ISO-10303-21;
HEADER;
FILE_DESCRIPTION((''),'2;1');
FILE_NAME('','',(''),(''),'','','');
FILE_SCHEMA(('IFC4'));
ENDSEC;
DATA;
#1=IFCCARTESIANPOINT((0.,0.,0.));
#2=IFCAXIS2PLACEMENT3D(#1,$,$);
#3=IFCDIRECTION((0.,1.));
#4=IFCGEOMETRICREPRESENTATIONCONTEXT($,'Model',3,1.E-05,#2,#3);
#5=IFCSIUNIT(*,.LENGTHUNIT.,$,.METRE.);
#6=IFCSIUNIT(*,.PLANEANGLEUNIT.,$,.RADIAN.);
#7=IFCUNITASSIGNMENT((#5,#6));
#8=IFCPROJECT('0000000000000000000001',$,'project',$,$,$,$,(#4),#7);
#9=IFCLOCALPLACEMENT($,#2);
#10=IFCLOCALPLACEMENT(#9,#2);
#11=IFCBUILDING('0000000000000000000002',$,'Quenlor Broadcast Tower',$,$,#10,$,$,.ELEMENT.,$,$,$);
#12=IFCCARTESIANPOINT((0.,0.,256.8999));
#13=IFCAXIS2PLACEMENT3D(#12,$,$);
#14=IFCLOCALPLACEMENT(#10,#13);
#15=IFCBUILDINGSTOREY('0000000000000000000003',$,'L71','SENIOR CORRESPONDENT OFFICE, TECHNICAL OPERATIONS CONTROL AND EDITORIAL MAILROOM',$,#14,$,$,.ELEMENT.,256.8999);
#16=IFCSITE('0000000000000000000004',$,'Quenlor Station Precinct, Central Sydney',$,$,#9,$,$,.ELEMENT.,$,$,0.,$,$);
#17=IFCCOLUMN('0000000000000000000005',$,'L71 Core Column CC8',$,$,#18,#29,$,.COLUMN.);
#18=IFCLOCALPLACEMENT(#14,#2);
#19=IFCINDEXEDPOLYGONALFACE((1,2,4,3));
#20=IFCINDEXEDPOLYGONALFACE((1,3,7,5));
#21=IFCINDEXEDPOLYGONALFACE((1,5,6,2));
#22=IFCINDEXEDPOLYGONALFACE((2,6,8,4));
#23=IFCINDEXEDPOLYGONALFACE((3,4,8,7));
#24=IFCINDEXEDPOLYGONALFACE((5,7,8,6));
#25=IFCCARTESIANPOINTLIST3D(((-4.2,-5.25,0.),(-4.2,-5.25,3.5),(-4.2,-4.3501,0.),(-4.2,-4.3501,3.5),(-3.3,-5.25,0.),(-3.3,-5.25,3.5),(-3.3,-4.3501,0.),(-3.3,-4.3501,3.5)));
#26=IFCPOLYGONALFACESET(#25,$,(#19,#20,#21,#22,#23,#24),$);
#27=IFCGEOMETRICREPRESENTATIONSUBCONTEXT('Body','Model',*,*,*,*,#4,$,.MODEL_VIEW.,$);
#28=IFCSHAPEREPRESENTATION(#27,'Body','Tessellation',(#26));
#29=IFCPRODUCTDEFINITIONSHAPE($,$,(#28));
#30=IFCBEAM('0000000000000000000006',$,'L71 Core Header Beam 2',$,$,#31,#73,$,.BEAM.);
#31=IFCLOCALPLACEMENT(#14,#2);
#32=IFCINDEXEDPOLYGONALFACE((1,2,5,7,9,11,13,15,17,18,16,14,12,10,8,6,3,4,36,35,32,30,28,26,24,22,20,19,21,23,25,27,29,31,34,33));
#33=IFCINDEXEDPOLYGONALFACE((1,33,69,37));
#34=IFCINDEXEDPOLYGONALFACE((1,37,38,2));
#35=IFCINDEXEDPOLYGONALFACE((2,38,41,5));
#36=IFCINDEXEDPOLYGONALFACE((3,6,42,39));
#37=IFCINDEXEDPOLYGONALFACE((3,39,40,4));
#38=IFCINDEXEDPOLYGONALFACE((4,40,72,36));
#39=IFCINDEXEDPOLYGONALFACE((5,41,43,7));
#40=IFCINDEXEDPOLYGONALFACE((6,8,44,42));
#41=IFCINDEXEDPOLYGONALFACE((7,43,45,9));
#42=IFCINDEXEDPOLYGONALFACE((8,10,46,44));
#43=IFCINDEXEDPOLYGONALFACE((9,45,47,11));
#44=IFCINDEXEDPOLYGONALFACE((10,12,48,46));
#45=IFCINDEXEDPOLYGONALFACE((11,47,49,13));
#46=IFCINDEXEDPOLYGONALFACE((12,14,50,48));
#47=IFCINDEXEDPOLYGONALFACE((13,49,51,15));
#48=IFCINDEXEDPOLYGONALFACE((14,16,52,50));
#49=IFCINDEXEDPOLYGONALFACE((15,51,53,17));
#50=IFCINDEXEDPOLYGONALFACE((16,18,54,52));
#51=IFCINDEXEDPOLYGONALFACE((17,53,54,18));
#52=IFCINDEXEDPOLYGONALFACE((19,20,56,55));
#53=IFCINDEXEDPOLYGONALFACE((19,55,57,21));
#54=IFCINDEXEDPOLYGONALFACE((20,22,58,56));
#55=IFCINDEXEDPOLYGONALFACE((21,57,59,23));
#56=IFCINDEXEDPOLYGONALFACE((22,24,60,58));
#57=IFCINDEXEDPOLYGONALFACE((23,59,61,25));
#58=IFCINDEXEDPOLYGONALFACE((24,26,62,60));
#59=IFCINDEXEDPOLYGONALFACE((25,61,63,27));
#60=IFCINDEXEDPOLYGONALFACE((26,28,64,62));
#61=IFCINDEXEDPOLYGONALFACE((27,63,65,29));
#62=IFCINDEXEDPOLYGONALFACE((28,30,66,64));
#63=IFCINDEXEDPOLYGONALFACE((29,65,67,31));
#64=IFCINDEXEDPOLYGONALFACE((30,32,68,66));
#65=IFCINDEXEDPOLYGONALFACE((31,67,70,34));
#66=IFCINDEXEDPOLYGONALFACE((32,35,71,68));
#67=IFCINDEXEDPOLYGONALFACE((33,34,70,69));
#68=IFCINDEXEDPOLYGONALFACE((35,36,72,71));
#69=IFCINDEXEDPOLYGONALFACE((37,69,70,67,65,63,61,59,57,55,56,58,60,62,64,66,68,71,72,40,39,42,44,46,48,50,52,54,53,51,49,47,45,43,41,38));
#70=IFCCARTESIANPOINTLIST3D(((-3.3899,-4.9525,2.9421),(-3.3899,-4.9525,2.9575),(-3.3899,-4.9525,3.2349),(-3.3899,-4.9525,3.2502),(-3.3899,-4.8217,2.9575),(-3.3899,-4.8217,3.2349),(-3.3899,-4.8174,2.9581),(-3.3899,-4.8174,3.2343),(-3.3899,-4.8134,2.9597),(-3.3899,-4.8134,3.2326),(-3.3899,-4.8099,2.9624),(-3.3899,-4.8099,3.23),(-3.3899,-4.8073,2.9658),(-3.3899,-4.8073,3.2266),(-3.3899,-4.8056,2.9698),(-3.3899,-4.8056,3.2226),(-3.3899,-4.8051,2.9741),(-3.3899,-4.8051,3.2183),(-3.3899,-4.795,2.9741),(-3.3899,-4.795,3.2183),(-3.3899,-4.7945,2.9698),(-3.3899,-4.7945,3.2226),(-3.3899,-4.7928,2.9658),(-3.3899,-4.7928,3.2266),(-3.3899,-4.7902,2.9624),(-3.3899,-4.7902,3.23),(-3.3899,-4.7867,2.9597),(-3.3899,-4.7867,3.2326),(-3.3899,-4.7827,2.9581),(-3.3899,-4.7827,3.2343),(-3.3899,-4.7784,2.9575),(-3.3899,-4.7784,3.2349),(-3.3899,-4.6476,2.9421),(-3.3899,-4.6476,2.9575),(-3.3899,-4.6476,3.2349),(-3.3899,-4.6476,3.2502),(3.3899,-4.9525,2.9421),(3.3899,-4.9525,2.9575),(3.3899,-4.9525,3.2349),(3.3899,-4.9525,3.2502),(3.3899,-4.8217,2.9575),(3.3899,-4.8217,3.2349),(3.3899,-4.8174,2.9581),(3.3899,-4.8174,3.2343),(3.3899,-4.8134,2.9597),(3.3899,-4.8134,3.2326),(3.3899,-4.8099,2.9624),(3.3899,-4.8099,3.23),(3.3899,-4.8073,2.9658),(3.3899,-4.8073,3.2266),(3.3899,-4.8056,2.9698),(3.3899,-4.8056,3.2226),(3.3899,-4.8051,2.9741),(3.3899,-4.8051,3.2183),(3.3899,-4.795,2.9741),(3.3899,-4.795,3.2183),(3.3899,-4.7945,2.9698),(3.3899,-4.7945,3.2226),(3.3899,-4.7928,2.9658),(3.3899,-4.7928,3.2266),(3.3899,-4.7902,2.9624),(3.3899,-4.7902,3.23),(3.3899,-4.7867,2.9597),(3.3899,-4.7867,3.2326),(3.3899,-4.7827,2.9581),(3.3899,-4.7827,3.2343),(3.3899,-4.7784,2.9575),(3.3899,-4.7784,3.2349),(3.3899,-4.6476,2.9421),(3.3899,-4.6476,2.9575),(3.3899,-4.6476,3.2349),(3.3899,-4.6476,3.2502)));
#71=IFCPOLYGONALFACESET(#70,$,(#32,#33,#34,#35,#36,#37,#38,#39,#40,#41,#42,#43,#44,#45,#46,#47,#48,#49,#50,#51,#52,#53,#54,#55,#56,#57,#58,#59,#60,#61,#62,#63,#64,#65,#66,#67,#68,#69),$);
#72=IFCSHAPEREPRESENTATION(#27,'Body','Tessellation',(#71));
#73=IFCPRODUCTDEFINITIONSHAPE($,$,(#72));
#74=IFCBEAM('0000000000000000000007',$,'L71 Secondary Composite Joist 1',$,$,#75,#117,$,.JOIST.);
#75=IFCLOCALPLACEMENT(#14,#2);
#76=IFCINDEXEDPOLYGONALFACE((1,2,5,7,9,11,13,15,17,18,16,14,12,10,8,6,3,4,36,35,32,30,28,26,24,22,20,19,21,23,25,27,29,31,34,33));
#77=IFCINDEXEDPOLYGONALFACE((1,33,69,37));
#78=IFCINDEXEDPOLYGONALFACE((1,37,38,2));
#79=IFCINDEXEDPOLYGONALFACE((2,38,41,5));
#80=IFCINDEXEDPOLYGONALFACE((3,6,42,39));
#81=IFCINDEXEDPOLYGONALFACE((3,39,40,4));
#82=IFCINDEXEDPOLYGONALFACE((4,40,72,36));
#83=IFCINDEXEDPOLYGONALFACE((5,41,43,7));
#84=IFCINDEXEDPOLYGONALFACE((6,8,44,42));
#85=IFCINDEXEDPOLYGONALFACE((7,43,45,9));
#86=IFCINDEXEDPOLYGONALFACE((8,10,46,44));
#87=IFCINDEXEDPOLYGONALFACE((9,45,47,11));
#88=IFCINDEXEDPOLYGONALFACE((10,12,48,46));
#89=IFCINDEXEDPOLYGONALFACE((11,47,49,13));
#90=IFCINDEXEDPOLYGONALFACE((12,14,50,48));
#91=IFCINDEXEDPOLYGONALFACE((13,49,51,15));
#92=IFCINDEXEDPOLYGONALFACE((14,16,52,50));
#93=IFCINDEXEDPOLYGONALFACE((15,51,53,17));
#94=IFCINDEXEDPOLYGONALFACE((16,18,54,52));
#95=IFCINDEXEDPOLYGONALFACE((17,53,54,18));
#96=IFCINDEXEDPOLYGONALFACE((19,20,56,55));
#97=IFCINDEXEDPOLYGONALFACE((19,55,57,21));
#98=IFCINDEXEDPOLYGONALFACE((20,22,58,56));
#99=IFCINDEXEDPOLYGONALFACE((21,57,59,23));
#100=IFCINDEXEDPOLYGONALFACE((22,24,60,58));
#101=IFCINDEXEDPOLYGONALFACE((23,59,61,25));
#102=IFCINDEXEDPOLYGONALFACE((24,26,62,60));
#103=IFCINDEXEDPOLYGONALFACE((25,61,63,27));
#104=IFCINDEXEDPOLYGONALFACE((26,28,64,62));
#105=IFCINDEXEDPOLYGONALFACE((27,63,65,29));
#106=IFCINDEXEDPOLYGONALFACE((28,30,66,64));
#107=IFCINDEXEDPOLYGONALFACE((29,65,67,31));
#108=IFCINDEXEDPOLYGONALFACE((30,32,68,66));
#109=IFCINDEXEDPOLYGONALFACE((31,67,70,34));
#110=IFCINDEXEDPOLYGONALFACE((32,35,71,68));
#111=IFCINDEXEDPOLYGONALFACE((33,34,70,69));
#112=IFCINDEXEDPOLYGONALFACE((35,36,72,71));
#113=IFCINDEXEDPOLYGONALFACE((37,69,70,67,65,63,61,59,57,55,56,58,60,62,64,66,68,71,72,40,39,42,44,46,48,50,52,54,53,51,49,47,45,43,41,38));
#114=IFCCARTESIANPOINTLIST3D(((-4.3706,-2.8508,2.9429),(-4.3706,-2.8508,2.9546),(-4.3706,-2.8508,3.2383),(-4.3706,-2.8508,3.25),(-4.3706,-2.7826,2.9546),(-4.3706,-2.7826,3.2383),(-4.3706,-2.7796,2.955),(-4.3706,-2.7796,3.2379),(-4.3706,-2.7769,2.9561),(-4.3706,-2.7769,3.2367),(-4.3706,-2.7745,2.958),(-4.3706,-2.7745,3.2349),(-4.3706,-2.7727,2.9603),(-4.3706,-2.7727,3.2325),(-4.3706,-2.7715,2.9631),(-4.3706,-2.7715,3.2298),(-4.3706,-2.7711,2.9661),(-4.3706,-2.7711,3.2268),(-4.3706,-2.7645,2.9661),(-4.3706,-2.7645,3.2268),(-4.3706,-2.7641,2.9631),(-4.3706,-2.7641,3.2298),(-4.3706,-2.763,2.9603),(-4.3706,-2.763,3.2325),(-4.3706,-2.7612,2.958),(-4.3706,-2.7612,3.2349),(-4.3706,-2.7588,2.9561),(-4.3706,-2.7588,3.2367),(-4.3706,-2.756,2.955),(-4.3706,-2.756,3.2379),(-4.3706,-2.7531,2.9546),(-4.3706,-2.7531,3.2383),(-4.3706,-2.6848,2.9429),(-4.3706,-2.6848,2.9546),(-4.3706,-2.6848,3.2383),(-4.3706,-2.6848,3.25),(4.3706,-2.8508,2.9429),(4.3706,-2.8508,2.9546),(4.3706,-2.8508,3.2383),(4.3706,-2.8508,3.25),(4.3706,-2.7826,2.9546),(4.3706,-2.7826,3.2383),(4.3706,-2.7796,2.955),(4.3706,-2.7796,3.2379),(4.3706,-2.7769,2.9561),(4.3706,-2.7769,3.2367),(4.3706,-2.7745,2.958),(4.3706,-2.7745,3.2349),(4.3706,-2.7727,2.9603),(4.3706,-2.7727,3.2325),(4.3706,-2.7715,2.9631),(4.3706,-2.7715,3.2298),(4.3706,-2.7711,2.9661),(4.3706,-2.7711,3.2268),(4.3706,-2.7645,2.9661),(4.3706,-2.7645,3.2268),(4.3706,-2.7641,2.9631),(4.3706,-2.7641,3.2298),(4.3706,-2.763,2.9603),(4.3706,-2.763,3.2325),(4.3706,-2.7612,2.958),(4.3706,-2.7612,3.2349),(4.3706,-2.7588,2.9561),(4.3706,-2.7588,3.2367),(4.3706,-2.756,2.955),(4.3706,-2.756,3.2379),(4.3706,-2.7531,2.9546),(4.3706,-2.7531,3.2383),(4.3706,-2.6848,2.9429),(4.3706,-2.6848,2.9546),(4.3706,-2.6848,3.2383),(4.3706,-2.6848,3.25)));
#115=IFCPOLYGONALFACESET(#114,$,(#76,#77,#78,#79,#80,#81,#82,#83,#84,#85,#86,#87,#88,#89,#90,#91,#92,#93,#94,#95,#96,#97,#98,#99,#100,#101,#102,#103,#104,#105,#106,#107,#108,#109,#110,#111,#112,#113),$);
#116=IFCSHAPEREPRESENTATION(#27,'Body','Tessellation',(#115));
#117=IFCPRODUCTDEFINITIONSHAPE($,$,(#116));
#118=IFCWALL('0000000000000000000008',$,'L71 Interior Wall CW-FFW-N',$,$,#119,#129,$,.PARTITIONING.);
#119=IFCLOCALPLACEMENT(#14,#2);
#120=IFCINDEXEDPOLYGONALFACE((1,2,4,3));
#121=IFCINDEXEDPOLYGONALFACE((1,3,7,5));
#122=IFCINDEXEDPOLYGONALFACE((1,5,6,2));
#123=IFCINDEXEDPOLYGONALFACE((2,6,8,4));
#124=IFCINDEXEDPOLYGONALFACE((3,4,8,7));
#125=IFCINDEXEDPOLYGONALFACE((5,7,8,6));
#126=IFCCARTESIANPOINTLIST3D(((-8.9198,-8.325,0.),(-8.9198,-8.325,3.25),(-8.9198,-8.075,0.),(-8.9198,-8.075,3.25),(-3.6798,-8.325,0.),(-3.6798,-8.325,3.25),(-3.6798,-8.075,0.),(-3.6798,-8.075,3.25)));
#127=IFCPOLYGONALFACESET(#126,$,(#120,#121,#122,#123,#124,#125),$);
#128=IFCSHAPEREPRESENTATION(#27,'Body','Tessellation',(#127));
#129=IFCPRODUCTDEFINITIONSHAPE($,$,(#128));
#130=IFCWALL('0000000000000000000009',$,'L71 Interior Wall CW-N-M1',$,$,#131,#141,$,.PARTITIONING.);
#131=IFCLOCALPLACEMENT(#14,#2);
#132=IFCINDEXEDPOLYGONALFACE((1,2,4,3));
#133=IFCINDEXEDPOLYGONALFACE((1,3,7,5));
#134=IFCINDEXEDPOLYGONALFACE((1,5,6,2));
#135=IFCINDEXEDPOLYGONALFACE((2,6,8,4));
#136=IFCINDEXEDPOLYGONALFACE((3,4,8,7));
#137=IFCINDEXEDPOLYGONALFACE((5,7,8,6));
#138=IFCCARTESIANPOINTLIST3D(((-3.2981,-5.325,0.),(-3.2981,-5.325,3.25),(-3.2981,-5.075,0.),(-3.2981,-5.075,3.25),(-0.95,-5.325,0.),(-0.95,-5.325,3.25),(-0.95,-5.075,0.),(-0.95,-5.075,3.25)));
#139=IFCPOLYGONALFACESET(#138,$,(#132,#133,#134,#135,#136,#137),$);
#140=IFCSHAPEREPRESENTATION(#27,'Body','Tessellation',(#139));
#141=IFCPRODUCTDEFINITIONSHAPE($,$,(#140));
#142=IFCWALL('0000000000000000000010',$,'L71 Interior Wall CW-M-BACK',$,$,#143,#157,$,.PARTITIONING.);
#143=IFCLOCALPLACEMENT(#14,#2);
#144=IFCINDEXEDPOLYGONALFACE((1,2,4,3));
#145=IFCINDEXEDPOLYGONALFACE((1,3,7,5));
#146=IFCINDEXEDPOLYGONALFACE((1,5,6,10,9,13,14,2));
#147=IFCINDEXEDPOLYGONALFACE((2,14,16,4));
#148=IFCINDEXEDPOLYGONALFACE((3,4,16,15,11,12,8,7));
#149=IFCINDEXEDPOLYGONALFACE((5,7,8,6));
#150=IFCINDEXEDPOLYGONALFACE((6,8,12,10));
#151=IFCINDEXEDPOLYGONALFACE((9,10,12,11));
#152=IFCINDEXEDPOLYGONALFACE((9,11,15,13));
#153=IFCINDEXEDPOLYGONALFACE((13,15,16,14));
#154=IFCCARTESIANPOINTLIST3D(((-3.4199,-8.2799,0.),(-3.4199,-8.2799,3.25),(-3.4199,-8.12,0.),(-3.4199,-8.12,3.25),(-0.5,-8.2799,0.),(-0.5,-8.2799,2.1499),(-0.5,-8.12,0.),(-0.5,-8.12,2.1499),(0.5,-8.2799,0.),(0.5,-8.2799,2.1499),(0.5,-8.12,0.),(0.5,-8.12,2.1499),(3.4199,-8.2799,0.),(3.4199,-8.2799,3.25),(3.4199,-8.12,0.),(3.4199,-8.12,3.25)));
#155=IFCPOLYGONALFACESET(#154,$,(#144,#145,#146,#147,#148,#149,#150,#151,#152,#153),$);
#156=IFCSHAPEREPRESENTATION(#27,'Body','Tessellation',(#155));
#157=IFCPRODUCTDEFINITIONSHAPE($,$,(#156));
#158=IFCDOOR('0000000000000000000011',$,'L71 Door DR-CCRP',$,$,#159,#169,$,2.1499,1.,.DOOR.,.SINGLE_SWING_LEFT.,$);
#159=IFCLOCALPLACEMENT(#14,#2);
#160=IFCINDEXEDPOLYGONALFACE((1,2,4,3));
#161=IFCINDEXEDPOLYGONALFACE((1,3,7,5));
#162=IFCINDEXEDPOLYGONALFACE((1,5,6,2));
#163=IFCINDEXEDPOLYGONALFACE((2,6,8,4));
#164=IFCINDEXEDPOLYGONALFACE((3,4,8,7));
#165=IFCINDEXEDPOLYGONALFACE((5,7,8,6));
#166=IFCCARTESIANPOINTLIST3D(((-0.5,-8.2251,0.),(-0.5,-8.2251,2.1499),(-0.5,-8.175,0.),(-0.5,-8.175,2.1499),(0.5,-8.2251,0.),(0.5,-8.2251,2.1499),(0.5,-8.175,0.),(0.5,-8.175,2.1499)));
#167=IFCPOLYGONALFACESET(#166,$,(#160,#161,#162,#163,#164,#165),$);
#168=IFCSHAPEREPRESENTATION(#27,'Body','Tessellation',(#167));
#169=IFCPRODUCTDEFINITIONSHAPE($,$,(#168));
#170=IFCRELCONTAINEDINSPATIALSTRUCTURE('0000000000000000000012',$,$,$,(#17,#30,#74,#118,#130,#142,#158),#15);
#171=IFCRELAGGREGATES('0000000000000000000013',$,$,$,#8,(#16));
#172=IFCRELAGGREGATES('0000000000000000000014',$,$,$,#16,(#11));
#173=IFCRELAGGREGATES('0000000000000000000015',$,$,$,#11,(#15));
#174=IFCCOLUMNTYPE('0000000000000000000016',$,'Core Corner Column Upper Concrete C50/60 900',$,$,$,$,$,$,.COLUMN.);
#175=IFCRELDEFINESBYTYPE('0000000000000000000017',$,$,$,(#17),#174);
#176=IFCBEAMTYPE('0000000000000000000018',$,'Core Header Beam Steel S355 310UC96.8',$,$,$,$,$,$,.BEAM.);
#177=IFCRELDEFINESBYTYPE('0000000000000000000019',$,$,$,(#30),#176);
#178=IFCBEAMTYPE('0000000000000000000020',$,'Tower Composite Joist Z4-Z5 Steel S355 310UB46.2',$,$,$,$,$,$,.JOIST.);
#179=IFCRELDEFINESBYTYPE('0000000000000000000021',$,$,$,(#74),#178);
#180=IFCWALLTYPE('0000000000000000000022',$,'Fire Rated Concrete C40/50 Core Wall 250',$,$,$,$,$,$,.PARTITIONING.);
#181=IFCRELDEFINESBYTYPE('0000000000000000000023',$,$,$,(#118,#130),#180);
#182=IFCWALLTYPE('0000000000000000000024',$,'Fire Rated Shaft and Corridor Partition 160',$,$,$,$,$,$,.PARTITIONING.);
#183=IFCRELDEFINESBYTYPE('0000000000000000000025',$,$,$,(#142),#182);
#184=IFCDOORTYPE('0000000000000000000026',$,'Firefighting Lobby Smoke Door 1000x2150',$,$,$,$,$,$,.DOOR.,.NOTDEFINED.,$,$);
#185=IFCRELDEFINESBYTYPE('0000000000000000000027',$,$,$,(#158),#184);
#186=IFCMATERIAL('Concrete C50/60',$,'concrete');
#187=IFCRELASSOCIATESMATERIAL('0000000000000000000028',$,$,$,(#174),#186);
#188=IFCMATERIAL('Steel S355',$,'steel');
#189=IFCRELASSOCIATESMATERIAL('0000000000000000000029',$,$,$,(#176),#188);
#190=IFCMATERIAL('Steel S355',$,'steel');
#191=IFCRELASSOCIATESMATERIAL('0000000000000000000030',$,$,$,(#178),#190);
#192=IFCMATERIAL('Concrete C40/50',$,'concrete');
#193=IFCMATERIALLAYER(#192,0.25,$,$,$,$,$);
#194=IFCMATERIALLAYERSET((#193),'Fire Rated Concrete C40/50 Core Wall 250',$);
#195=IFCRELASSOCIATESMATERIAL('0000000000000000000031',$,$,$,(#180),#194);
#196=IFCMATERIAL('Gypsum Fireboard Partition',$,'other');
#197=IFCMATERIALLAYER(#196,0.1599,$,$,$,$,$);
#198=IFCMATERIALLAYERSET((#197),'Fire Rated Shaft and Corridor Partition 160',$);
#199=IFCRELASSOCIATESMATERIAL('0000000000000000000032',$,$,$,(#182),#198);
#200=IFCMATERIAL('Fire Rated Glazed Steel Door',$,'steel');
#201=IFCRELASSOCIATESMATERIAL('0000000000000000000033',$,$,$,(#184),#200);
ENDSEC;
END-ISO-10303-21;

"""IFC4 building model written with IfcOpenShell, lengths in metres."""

from ifc_helpers import new_model, si_unit, direction, frame, frame_2d, origin, origin_2d, place, context, subcontext, project, spatial, rectangle, i_section, extrude, material, layer, layer_set, material_profile, profile_set, type_object, element, fill, save


model = new_model("IFC4")

# Units and contexts
model_context = context("Model", 3, precision=1e-05, world=origin(), true_north=direction((0.0, 1.0)))
body_context = subcontext(model_context, "Body", "Model", "MODEL_VIEW")
ifc_project = project(units=[si_unit("LENGTHUNIT", "METRE"), si_unit("PLANEANGLEUNIT", "RADIAN")], contexts=[model_context])

# Site, building, storey
site_placement = place(None, origin())
site = spatial("IfcSite", under=ifc_project, at=site_placement, Name="Quenlor Station Precinct, Central Sydney", CompositionType="ELEMENT", RefElevation=0.0)
building_placement = place(site_placement, origin())
building = spatial("IfcBuilding", under=site, at=building_placement, Name="Quenlor Broadcast Tower", CompositionType="ELEMENT")
storey_placement = place(building_placement, frame((0.0, 0.0, 256.8999)))
storey = spatial("IfcBuildingStorey", under=building, at=storey_placement, Name="L71", Description="SENIOR CORRESPONDENT OFFICE, TECHNICAL OPERATIONS CONTROL AND EDITORIAL MAILROOM", CompositionType="ELEMENT", Elevation=256.8999)

# Column
ifc_material_1 = material(Name="Concrete C50/60", Category="concrete")
ifc_material_profile_1 = material_profile(ifc_material_1, rectangle(XDim=0.8999, YDim=0.8999, at=origin_2d()))
ifc_profile_set_1 = profile_set([ifc_material_profile_1], Name="Concrete C50/60 RC900x900")
column_type = type_object("IfcColumnType", Name="Core Corner Column Upper Concrete C50/60 900", PredefinedType="COLUMN", material=ifc_profile_set_1)
column_placement = place(storey_placement, frame((-3.75, -4.8, 0.0), z_axis=(0.0, 0.0, 1.0), x_axis=(1.0, 0.0, 0.0)))
element("IfcColumn", 1, at=column_placement, inside=storey, type_object=column_type, Name="L71 Core Column CC8", PredefinedType="COLUMN", context=body_context, shape_type="SweptSolid", body=[
    extrude(rectangle(XDim=0.8999, YDim=0.8999, at=origin_2d()), origin(), (0.0, 0.0, 1.0), 3.5),
])

# Beams
ifc_material_2 = material(Name="Steel S355", Category="steel")
ifc_material_profile_2 = material_profile(ifc_material_2, i_section(OverallWidth=0.3049, OverallDepth=0.3081, WebThickness=0.01, FlangeThickness=0.0154, FilletRadius=0.0166, at=origin_2d()))
ifc_profile_set_2 = profile_set([ifc_material_profile_2], Name="Steel S355 310UC96.8")
beam_type_1 = type_object("IfcBeamType", Name="Core Header Beam Steel S355 310UC96.8", PredefinedType="BEAM", material=ifc_profile_set_2)
beam_1_placement = place(storey_placement, frame((-3.3899, -4.8, 3.0962), z_axis=(1.0, 0.0, 0.0), x_axis=(0.0, 1.0, 0.0)))
element("IfcBeam", 2, at=beam_1_placement, inside=storey, type_object=beam_type_1, Name="L71 Core Header Beam 2", PredefinedType="BEAM", context=body_context, shape_type="SweptSolid", body=[
    extrude(i_section(OverallWidth=0.3049, OverallDepth=0.3081, WebThickness=0.01, FlangeThickness=0.0154, FilletRadius=0.0166, at=origin_2d()), origin(), (0.0, 0.0, 1.0), 6.7798),
])
ifc_material_3 = material(Name="Steel S355", Category="steel")
ifc_material_profile_3 = material_profile(ifc_material_3, i_section(OverallWidth=0.166, OverallDepth=0.3071, WebThickness=0.0066, FlangeThickness=0.0117, FilletRadius=0.0115, at=origin_2d()))
ifc_profile_set_3 = profile_set([ifc_material_profile_3], Name="Steel S355 310UB46.2")
beam_type_2 = type_object("IfcBeamType", Name="Tower Composite Joist Z4-Z5 Steel S355 310UB46.2", PredefinedType="JOIST", material=ifc_profile_set_3)
beam_2_placement = place(storey_placement, frame((-4.3706, -2.7678, 3.0964), z_axis=(1.0, 0.0, 0.0), x_axis=(0.0, 1.0, 0.0)))
element("IfcBeam", 3, at=beam_2_placement, inside=storey, type_object=beam_type_2, Name="L71 Secondary Composite Joist 1", PredefinedType="JOIST", context=body_context, shape_type="SweptSolid", body=[
    extrude(i_section(OverallWidth=0.166, OverallDepth=0.3071, WebThickness=0.0066, FlangeThickness=0.0117, FilletRadius=0.0115, at=origin_2d()), origin(), (0.0, 0.0, 1.0), 8.7412),
])

# Walls
ifc_material_4 = material(Name="Concrete C40/50", Category="concrete")
ifc_layer_1 = layer(ifc_material_4, 0.25)
ifc_layer_set_1 = layer_set([ifc_layer_1], Name="Fire Rated Concrete C40/50 Core Wall 250")
wall_type_1 = type_object("IfcWallType", Name="Fire Rated Concrete C40/50 Core Wall 250", PredefinedType="PARTITIONING", material=ifc_layer_set_1)
wall_1_placement = place(storey_placement, frame((-8.9199, -8.2, 0.0), z_axis=(0.0, 0.0, 1.0), x_axis=(1.0, 0.0, 0.0)))
element("IfcWall", 4, at=wall_1_placement, inside=storey, type_object=wall_type_1, Name="L71 Interior Wall CW-FFW-N", PredefinedType="PARTITIONING", context=body_context, shape_type="SweptSolid", body=[
    extrude(rectangle(XDim=5.24, YDim=0.25, at=frame_2d((2.6201, 0.0))), origin(), (0.0, 0.0, 1.0), 3.25),
])
wall_2_placement = place(storey_placement, frame((-3.2981, -5.2, 0.0), z_axis=(0.0, 0.0, 1.0), x_axis=(1.0, 0.0, 0.0)))
element("IfcWall", 5, at=wall_2_placement, inside=storey, type_object=wall_type_1, Name="L71 Interior Wall CW-N-M1", PredefinedType="PARTITIONING", context=body_context, shape_type="SweptSolid", body=[
    extrude(rectangle(XDim=2.3481, YDim=0.25, at=frame_2d((1.1741, 0.0))), origin(), (0.0, 0.0, 1.0), 3.25),
])

# Wall, opening, door
ifc_material_5 = material(Name="Gypsum Fireboard Partition", Category="other")
ifc_layer_2 = layer(ifc_material_5, 0.1599)
ifc_layer_set_2 = layer_set([ifc_layer_2], Name="Fire Rated Shaft and Corridor Partition 160")
wall_type_2 = type_object("IfcWallType", Name="Fire Rated Shaft and Corridor Partition 160", PredefinedType="PARTITIONING", material=ifc_layer_set_2)
wall_3_placement = place(storey_placement, frame((-3.4199, -8.2, 0.0), z_axis=(0.0, 0.0, 1.0), x_axis=(1.0, 0.0, 0.0)))
wall_3 = element("IfcWall", 6, at=wall_3_placement, inside=storey, type_object=wall_type_2, Name="L71 Interior Wall CW-M-BACK", PredefinedType="PARTITIONING", context=body_context, shape_type="SweptSolid", body=[
    extrude(rectangle(XDim=6.8398, YDim=0.1599, at=frame_2d((3.4199, 0.0))), origin(), (0.0, 0.0, 1.0), 3.25),
])
opening_1_placement = place(wall_3_placement, frame((2.9199, 0.0, 0.0)))
opening_1 = element("IfcOpeningElement", 7, at=opening_1_placement, cuts=wall_3, PredefinedType="OPENING", context=body_context, shape_type="SweptSolid", body=[
    extrude(rectangle(XDim=1.0, YDim=2.1499, at=frame_2d((0.5, 1.075))), frame((0.0, 0.0898, 0.0), z_axis=(0.0, -1.0, 0.0), x_axis=(1.0, 0.0, 0.0)), (0.0, 0.0, 1.0), 0.1799),
])
ifc_material_6 = material(Name="Fire Rated Glazed Steel Door", Category="steel")
door_type_1 = type_object("IfcDoorType", Name="Firefighting Lobby Smoke Door 1000x2150", OperationType="NOTDEFINED", PredefinedType="DOOR", material=ifc_material_6)
door_1_placement = place(opening_1_placement, origin())
door_1 = element("IfcDoor", 8, at=door_1_placement, inside=storey, type_object=door_type_1, Name="L71 Door DR-CCRP", OperationType="SINGLE_SWING_LEFT", OverallHeight=2.1499, OverallWidth=1.0, PredefinedType="DOOR", context=body_context, shape_type="SweptSolid", body=[
    extrude(rectangle(XDim=1.0, YDim=2.1499, at=frame_2d((0.5, 1.075))), frame((0.0, 0.0249, 0.0), z_axis=(0.0, -1.0, 0.0), x_axis=(1.0, 0.0, 0.0)), (0.0, 0.0, 1.0), 0.05),
])
fill(opening_1, door_1)

save(model, "model.ifc")
